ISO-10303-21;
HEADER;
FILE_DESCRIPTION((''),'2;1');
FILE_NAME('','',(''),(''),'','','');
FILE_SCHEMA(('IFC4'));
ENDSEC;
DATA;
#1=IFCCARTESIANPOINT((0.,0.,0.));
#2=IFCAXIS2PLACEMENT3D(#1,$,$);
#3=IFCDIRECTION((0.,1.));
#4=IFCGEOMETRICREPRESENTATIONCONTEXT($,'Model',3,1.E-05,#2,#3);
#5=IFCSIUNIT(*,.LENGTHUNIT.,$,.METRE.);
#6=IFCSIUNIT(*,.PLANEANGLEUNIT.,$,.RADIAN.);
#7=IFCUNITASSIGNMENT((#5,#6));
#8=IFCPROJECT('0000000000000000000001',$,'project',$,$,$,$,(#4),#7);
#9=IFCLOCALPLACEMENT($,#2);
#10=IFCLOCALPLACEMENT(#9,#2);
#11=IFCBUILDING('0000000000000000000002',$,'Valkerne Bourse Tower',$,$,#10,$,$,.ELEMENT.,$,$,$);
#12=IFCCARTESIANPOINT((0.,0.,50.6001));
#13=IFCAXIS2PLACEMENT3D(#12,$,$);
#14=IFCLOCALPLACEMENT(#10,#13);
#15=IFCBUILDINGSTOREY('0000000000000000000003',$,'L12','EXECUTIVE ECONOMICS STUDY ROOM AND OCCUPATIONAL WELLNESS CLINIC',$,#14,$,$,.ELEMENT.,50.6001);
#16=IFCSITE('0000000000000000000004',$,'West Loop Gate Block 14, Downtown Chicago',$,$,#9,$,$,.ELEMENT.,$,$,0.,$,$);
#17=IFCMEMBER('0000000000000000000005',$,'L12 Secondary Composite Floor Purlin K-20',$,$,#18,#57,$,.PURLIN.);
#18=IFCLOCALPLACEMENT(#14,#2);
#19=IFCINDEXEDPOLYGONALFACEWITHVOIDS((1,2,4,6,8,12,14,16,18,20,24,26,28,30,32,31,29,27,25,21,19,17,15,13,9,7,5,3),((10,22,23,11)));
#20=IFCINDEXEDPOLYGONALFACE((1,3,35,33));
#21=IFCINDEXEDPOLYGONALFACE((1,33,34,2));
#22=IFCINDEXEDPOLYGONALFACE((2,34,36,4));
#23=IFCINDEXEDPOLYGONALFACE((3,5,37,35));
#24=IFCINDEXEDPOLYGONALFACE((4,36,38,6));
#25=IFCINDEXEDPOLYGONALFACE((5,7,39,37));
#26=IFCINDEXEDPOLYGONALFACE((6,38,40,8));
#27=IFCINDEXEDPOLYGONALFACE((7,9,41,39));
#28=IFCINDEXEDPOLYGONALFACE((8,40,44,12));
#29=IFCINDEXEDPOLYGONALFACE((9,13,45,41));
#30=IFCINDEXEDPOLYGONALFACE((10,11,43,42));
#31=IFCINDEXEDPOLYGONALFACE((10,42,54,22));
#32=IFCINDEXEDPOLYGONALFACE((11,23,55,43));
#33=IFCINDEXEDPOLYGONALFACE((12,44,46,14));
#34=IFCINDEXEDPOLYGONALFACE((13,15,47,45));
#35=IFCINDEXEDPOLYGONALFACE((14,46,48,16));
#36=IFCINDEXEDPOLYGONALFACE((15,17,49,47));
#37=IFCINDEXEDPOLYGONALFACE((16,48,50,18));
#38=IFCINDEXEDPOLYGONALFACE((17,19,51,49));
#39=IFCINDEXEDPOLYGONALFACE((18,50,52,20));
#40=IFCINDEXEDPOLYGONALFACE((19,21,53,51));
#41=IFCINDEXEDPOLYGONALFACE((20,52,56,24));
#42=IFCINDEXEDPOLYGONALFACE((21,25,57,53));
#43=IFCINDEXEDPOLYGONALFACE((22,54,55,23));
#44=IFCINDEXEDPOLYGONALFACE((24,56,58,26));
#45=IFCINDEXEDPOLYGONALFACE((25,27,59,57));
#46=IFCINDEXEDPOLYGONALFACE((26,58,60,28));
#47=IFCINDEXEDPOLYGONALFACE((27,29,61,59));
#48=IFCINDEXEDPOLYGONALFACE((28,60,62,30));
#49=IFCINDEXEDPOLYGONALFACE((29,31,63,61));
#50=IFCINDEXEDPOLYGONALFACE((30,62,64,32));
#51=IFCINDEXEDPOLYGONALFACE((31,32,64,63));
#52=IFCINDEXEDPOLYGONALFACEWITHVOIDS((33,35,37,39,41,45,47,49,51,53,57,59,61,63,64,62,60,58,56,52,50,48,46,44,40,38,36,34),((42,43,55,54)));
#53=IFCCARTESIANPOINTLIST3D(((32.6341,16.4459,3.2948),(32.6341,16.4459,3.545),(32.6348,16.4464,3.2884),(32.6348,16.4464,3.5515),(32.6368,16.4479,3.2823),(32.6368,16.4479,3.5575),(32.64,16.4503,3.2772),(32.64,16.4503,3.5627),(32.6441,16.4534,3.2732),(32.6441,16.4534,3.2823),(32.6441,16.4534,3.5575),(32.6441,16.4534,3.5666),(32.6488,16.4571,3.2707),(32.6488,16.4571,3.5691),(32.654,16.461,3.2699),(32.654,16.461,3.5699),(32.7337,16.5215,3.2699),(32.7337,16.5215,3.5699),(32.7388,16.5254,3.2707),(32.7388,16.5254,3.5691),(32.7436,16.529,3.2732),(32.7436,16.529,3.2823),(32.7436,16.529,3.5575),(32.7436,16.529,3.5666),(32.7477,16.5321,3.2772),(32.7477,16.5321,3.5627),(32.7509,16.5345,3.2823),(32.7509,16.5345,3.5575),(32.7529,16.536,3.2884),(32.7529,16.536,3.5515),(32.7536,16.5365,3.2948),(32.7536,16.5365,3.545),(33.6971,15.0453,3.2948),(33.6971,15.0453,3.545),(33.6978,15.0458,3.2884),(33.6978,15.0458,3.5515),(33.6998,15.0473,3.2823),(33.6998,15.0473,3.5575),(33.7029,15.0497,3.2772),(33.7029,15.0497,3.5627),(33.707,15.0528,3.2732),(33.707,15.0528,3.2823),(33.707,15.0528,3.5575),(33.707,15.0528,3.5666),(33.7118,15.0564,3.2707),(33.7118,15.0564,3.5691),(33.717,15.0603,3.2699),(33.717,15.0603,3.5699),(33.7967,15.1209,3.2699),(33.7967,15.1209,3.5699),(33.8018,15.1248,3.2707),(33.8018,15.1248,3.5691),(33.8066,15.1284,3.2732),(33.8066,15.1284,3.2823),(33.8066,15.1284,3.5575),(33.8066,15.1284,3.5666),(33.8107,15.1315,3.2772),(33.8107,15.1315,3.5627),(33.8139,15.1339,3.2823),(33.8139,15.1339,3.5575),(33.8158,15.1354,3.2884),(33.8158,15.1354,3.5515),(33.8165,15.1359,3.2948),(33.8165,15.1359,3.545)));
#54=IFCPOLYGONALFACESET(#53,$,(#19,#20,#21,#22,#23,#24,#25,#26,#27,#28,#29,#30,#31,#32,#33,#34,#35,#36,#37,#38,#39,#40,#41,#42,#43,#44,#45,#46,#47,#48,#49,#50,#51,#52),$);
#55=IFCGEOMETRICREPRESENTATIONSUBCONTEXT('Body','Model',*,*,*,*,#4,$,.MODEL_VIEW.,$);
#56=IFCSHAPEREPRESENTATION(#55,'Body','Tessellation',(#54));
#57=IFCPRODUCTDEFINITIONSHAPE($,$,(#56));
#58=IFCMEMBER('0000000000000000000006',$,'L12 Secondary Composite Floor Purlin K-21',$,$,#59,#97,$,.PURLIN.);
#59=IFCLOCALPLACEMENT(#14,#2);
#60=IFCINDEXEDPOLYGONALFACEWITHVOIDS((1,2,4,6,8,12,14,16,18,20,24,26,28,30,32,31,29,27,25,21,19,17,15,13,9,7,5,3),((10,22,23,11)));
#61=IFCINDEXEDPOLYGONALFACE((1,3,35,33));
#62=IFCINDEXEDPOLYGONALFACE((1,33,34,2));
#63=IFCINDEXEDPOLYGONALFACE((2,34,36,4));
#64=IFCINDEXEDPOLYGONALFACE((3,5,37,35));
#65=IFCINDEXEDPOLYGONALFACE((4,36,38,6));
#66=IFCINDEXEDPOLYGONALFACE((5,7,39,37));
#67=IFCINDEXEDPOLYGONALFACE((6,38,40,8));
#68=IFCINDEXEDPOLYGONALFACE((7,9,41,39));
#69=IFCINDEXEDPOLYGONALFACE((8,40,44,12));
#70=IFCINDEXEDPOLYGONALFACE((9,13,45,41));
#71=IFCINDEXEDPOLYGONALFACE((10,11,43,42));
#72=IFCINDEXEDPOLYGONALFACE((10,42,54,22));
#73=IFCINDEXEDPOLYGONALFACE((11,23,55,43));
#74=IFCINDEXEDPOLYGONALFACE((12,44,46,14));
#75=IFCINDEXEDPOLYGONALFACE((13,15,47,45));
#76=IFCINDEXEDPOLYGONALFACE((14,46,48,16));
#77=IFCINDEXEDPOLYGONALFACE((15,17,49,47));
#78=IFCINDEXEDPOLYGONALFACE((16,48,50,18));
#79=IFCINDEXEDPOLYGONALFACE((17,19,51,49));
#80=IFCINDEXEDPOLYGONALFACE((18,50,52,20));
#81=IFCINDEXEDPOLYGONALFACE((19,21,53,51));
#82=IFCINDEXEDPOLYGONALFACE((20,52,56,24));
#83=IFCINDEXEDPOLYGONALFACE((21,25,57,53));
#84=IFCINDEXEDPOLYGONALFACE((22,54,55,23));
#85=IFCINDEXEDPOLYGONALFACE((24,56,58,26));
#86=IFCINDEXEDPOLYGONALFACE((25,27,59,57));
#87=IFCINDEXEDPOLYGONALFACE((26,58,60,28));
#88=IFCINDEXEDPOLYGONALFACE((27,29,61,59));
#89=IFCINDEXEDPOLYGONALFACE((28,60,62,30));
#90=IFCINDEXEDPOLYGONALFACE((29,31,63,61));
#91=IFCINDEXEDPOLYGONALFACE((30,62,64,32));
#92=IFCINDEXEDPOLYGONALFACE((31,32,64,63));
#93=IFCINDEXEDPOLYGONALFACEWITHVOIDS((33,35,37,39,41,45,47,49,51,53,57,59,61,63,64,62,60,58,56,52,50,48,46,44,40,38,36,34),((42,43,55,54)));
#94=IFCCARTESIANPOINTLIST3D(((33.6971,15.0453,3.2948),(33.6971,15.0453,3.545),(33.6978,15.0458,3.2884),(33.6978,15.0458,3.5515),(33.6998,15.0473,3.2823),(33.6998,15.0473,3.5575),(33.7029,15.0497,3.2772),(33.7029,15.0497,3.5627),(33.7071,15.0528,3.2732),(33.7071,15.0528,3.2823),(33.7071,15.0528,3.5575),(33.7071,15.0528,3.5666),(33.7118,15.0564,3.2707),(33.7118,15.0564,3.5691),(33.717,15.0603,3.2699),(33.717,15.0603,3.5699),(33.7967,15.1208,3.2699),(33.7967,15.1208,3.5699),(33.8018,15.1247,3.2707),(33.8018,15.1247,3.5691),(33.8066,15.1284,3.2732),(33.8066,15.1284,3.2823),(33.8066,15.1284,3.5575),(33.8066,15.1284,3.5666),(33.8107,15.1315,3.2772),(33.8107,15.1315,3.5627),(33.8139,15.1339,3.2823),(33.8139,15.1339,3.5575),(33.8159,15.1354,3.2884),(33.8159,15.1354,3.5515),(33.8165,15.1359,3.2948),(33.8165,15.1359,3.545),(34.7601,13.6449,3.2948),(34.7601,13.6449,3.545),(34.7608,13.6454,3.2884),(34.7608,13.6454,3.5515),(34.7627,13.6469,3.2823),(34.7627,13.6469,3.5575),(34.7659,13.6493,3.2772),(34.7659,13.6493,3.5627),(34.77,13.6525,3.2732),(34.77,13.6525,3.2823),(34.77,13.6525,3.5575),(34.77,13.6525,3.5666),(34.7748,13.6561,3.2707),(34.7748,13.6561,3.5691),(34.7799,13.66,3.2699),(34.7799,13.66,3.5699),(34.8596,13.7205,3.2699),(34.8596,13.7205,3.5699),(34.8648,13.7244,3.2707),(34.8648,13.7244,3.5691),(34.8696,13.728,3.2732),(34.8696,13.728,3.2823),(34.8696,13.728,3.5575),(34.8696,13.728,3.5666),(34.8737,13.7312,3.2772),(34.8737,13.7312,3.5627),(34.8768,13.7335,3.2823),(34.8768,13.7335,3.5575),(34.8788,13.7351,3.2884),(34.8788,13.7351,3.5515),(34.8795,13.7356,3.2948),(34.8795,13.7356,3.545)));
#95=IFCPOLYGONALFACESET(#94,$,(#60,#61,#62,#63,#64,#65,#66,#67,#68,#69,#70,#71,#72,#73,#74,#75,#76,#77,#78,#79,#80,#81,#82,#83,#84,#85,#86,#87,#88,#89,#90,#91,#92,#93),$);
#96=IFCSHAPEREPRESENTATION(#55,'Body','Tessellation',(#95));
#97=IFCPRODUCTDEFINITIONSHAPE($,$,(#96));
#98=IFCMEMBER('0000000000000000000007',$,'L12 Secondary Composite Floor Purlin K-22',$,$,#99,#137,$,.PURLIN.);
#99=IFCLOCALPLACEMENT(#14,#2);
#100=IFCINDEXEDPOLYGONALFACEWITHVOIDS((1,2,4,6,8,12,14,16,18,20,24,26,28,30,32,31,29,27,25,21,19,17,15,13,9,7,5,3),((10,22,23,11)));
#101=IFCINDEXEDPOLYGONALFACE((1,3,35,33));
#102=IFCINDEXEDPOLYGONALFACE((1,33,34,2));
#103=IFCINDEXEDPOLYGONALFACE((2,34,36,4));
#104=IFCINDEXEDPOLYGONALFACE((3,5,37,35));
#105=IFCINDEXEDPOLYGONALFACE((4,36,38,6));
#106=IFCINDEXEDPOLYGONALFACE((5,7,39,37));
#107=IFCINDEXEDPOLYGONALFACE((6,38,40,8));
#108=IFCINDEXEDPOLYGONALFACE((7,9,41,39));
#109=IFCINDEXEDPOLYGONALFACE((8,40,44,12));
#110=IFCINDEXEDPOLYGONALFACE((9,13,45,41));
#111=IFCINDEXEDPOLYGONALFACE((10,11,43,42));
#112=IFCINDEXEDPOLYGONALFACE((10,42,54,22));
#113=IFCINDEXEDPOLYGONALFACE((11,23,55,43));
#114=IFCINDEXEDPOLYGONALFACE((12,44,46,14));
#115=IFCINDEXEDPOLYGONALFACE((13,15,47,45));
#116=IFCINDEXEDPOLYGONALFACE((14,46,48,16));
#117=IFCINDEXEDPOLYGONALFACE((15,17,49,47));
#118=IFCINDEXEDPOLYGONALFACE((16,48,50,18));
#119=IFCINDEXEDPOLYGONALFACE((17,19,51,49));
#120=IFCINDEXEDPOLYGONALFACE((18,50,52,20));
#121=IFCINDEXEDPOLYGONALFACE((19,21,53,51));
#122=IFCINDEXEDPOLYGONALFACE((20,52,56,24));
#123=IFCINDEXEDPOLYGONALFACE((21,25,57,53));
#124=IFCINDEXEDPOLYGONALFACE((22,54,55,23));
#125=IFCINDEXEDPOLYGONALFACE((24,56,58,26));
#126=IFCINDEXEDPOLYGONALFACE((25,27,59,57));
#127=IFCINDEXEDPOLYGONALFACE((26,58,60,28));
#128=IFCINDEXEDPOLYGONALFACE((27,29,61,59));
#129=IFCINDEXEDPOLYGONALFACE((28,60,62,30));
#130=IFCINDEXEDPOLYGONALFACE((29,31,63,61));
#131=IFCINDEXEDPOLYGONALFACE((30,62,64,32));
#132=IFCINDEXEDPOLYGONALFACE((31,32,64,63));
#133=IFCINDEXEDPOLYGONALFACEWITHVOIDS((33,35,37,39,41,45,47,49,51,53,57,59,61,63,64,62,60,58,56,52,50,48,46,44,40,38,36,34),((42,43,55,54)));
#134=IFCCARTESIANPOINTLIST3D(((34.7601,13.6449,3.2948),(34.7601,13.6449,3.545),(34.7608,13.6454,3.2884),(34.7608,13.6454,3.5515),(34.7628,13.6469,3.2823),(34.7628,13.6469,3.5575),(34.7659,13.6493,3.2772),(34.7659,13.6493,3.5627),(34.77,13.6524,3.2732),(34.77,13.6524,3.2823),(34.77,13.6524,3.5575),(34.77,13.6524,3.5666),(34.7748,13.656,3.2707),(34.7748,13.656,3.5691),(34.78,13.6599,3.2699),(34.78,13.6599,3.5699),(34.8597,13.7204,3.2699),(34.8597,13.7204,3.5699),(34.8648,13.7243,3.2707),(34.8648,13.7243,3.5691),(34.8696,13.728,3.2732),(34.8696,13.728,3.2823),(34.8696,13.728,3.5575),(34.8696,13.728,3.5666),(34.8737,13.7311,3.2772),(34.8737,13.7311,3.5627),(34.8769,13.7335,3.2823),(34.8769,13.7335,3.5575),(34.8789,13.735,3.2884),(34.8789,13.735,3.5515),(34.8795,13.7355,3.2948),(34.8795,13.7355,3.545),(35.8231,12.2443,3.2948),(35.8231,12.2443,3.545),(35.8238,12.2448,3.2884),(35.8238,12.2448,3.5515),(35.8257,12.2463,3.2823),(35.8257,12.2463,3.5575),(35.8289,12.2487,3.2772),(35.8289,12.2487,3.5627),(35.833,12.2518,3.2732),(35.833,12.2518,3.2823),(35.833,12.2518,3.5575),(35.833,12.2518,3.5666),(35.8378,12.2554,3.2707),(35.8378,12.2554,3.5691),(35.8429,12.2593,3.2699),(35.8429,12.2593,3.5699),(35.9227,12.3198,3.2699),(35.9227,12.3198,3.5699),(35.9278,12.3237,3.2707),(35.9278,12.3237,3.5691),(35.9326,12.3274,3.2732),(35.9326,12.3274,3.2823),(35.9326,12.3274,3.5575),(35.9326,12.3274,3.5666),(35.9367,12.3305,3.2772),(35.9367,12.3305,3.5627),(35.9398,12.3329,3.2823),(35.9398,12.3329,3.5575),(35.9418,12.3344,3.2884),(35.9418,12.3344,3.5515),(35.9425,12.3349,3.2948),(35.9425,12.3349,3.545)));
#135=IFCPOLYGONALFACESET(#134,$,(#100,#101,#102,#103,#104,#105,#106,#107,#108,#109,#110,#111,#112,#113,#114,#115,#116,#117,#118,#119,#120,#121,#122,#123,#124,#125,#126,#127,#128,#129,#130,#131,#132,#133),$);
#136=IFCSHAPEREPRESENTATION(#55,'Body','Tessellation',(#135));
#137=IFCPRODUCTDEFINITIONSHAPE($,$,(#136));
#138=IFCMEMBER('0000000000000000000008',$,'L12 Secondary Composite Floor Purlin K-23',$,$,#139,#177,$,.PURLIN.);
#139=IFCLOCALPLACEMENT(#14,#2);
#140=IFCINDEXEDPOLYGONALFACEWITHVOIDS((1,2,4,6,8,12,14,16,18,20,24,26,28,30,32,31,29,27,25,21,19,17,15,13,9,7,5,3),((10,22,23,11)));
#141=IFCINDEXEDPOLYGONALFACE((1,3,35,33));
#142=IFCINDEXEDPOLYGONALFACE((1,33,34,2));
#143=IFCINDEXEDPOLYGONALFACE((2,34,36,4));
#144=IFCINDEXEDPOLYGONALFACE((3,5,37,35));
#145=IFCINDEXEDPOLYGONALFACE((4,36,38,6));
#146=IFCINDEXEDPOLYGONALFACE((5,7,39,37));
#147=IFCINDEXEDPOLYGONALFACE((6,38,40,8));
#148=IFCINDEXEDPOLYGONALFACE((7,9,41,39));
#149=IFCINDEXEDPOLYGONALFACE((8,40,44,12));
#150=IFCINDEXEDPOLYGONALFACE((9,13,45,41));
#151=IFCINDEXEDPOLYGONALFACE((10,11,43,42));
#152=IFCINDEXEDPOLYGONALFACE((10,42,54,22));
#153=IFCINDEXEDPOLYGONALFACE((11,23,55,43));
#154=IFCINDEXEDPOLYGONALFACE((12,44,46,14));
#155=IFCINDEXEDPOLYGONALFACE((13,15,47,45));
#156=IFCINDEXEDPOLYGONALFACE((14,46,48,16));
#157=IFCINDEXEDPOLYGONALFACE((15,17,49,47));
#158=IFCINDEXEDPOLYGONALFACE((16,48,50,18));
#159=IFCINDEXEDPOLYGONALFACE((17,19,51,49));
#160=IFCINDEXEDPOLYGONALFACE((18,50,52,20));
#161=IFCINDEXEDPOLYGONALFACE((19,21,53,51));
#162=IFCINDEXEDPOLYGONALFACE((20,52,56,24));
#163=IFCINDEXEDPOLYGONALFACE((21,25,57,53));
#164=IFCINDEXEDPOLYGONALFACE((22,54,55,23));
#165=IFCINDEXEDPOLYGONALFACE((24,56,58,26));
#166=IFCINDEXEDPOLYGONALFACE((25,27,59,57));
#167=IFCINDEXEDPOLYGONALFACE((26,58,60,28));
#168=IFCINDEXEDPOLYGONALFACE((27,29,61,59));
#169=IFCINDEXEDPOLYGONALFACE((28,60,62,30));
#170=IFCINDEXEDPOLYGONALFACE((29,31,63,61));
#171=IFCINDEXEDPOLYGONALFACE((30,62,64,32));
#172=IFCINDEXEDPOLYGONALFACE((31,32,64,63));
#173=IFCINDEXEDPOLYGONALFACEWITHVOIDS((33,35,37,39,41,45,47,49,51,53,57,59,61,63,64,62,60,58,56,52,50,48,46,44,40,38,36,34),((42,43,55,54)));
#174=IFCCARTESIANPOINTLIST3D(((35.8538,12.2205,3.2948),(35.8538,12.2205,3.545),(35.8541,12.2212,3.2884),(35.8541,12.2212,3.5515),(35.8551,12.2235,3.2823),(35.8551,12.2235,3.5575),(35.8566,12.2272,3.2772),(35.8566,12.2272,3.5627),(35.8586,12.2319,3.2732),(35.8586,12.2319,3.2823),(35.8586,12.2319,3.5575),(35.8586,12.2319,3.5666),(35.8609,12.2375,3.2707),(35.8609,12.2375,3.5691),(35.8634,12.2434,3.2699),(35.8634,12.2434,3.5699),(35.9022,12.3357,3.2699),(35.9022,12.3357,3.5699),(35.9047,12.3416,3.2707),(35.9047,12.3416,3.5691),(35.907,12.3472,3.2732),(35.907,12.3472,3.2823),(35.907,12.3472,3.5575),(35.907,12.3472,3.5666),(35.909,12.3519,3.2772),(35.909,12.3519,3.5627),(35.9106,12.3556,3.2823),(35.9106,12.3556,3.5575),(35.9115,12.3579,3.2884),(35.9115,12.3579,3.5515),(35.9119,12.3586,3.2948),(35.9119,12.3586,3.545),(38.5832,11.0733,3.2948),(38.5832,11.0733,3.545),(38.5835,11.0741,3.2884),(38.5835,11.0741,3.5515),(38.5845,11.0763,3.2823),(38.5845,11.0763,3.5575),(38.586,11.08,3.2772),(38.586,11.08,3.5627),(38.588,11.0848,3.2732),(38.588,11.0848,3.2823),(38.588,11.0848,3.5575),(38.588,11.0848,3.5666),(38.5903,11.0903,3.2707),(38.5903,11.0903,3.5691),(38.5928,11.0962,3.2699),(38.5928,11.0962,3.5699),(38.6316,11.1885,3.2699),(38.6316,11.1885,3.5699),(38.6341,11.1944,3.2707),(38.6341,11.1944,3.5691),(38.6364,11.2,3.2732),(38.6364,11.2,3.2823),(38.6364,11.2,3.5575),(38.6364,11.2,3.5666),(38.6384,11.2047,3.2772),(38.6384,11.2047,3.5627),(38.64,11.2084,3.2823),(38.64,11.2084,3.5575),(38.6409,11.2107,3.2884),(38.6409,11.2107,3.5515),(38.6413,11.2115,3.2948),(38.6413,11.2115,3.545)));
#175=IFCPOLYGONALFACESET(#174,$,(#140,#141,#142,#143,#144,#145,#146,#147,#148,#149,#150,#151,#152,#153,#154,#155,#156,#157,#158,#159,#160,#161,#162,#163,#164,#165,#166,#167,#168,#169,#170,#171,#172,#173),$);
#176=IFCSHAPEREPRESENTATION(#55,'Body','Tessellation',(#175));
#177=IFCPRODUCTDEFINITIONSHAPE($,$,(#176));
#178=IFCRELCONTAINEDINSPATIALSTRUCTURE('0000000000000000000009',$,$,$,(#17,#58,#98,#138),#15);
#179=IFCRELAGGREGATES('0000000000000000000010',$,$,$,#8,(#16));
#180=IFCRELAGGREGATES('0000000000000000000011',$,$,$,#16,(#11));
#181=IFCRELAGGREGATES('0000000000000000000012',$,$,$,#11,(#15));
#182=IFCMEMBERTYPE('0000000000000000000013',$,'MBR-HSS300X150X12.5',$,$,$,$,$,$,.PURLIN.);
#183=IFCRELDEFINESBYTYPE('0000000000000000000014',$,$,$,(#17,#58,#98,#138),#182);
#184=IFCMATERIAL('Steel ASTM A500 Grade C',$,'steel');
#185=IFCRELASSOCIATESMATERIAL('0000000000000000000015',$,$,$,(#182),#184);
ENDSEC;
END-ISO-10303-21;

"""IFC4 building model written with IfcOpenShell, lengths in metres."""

from ifc_helpers import new_model, si_unit, direction, frame, origin, origin_2d, place, context, subcontext, project, spatial, hollow_rectangle, extrude, material, material_profile, profile_set, type_object, element, save


model = new_model("IFC4")

# Units and contexts
model_context = context("Model", 3, precision=1e-05, world=origin(), true_north=direction((0.0, 1.0)))
body_context = subcontext(model_context, "Body", "Model", "MODEL_VIEW")
ifc_project = project(units=[si_unit("LENGTHUNIT", "METRE"), si_unit("PLANEANGLEUNIT", "RADIAN")], contexts=[model_context])

# Site, building, storey
site_placement = place(None, origin())
site = spatial("IfcSite", under=ifc_project, at=site_placement, Name="West Loop Gate Block 14, Downtown Chicago", CompositionType="ELEMENT", RefElevation=0.0)
building_placement = place(site_placement, origin())
building = spatial("IfcBuilding", under=site, at=building_placement, Name="Valkerne Bourse Tower", CompositionType="ELEMENT")
storey_placement = place(building_placement, frame((0.0, 0.0, 50.6001)))
storey = spatial("IfcBuildingStorey", under=building, at=storey_placement, Name="L12", Description="EXECUTIVE ECONOMICS STUDY ROOM AND OCCUPATIONAL WELLNESS CLINIC", CompositionType="ELEMENT", Elevation=50.6001)

# Members
ifc_material_1 = material(Name="Steel ASTM A500 Grade C", Category="steel")
ifc_material_profile_1 = material_profile(ifc_material_1, hollow_rectangle(XDim=0.1499, YDim=0.3, WallThickness=0.0125, OuterFilletRadius=0.0249, at=origin_2d()), Name="HSS300X150X12.5")
ifc_profile_set_1 = profile_set([ifc_material_profile_1], Name="Steel ASTM A500 Grade C")
member_type_1 = type_object("IfcMemberType", Name="MBR-HSS300X150X12.5", PredefinedType="PURLIN", material=ifc_profile_set_1)
member_1_placement = place(storey_placement, frame((32.6938, 16.4912, 3.4199), z_axis=(0.604544, -0.796571, 0.0), x_axis=(0.796571, 0.604544, 0.0)))
element("IfcMember", 1, at=member_1_placement, inside=storey, type_object=member_type_1, Name="L12 Secondary Composite Floor Purlin K-20", PredefinedType="PURLIN", context=body_context, shape_type="SweptSolid", body=[
    extrude(hollow_rectangle(XDim=0.1499, YDim=0.3, WallThickness=0.0125, OuterFilletRadius=0.0249, at=origin_2d()), origin(), (0.0, 0.0, 1.0), 1.7583),
])
member_2_placement = place(storey_placement, frame((33.7568, 15.0906, 3.4199), z_axis=(0.604611, -0.796521, 0.0), x_axis=(0.796521, 0.604611, 0.0)))
element("IfcMember", 2, at=member_2_placement, inside=storey, type_object=member_type_1, Name="L12 Secondary Composite Floor Purlin K-21", PredefinedType="PURLIN", context=body_context, shape_type="SweptSolid", body=[
    extrude(hollow_rectangle(XDim=0.1499, YDim=0.3, WallThickness=0.0125, OuterFilletRadius=0.0249, at=origin_2d()), origin(), (0.0, 0.0, 1.0), 1.7581),
])
member_3_placement = place(storey_placement, frame((34.8198, 13.6902, 3.4199), z_axis=(0.604544, -0.796571, 0.0), x_axis=(0.796571, 0.604544, 0.0)))
element("IfcMember", 3, at=member_3_placement, inside=storey, type_object=member_type_1, Name="L12 Secondary Composite Floor Purlin K-22", PredefinedType="PURLIN", context=body_context, shape_type="SweptSolid", body=[
    extrude(hollow_rectangle(XDim=0.1499, YDim=0.3, WallThickness=0.0125, OuterFilletRadius=0.0249, at=origin_2d()), origin(), (0.0, 0.0, 1.0), 1.7583),
])
member_4_placement = place(storey_placement, frame((35.8828, 12.2896, 3.4199), z_axis=(0.921882, -0.387471, 0.0), x_axis=(0.387471, 0.921882, 0.0)))
element("IfcMember", 4, at=member_4_placement, inside=storey, type_object=member_type_1, Name="L12 Secondary Composite Floor Purlin K-23", PredefinedType="PURLIN", context=body_context, shape_type="SweptSolid", body=[
    extrude(hollow_rectangle(XDim=0.1499, YDim=0.3, WallThickness=0.0125, OuterFilletRadius=0.0249, at=origin_2d()), origin(), (0.0, 0.0, 1.0), 2.9607),
])

save(model, "model.ifc")
